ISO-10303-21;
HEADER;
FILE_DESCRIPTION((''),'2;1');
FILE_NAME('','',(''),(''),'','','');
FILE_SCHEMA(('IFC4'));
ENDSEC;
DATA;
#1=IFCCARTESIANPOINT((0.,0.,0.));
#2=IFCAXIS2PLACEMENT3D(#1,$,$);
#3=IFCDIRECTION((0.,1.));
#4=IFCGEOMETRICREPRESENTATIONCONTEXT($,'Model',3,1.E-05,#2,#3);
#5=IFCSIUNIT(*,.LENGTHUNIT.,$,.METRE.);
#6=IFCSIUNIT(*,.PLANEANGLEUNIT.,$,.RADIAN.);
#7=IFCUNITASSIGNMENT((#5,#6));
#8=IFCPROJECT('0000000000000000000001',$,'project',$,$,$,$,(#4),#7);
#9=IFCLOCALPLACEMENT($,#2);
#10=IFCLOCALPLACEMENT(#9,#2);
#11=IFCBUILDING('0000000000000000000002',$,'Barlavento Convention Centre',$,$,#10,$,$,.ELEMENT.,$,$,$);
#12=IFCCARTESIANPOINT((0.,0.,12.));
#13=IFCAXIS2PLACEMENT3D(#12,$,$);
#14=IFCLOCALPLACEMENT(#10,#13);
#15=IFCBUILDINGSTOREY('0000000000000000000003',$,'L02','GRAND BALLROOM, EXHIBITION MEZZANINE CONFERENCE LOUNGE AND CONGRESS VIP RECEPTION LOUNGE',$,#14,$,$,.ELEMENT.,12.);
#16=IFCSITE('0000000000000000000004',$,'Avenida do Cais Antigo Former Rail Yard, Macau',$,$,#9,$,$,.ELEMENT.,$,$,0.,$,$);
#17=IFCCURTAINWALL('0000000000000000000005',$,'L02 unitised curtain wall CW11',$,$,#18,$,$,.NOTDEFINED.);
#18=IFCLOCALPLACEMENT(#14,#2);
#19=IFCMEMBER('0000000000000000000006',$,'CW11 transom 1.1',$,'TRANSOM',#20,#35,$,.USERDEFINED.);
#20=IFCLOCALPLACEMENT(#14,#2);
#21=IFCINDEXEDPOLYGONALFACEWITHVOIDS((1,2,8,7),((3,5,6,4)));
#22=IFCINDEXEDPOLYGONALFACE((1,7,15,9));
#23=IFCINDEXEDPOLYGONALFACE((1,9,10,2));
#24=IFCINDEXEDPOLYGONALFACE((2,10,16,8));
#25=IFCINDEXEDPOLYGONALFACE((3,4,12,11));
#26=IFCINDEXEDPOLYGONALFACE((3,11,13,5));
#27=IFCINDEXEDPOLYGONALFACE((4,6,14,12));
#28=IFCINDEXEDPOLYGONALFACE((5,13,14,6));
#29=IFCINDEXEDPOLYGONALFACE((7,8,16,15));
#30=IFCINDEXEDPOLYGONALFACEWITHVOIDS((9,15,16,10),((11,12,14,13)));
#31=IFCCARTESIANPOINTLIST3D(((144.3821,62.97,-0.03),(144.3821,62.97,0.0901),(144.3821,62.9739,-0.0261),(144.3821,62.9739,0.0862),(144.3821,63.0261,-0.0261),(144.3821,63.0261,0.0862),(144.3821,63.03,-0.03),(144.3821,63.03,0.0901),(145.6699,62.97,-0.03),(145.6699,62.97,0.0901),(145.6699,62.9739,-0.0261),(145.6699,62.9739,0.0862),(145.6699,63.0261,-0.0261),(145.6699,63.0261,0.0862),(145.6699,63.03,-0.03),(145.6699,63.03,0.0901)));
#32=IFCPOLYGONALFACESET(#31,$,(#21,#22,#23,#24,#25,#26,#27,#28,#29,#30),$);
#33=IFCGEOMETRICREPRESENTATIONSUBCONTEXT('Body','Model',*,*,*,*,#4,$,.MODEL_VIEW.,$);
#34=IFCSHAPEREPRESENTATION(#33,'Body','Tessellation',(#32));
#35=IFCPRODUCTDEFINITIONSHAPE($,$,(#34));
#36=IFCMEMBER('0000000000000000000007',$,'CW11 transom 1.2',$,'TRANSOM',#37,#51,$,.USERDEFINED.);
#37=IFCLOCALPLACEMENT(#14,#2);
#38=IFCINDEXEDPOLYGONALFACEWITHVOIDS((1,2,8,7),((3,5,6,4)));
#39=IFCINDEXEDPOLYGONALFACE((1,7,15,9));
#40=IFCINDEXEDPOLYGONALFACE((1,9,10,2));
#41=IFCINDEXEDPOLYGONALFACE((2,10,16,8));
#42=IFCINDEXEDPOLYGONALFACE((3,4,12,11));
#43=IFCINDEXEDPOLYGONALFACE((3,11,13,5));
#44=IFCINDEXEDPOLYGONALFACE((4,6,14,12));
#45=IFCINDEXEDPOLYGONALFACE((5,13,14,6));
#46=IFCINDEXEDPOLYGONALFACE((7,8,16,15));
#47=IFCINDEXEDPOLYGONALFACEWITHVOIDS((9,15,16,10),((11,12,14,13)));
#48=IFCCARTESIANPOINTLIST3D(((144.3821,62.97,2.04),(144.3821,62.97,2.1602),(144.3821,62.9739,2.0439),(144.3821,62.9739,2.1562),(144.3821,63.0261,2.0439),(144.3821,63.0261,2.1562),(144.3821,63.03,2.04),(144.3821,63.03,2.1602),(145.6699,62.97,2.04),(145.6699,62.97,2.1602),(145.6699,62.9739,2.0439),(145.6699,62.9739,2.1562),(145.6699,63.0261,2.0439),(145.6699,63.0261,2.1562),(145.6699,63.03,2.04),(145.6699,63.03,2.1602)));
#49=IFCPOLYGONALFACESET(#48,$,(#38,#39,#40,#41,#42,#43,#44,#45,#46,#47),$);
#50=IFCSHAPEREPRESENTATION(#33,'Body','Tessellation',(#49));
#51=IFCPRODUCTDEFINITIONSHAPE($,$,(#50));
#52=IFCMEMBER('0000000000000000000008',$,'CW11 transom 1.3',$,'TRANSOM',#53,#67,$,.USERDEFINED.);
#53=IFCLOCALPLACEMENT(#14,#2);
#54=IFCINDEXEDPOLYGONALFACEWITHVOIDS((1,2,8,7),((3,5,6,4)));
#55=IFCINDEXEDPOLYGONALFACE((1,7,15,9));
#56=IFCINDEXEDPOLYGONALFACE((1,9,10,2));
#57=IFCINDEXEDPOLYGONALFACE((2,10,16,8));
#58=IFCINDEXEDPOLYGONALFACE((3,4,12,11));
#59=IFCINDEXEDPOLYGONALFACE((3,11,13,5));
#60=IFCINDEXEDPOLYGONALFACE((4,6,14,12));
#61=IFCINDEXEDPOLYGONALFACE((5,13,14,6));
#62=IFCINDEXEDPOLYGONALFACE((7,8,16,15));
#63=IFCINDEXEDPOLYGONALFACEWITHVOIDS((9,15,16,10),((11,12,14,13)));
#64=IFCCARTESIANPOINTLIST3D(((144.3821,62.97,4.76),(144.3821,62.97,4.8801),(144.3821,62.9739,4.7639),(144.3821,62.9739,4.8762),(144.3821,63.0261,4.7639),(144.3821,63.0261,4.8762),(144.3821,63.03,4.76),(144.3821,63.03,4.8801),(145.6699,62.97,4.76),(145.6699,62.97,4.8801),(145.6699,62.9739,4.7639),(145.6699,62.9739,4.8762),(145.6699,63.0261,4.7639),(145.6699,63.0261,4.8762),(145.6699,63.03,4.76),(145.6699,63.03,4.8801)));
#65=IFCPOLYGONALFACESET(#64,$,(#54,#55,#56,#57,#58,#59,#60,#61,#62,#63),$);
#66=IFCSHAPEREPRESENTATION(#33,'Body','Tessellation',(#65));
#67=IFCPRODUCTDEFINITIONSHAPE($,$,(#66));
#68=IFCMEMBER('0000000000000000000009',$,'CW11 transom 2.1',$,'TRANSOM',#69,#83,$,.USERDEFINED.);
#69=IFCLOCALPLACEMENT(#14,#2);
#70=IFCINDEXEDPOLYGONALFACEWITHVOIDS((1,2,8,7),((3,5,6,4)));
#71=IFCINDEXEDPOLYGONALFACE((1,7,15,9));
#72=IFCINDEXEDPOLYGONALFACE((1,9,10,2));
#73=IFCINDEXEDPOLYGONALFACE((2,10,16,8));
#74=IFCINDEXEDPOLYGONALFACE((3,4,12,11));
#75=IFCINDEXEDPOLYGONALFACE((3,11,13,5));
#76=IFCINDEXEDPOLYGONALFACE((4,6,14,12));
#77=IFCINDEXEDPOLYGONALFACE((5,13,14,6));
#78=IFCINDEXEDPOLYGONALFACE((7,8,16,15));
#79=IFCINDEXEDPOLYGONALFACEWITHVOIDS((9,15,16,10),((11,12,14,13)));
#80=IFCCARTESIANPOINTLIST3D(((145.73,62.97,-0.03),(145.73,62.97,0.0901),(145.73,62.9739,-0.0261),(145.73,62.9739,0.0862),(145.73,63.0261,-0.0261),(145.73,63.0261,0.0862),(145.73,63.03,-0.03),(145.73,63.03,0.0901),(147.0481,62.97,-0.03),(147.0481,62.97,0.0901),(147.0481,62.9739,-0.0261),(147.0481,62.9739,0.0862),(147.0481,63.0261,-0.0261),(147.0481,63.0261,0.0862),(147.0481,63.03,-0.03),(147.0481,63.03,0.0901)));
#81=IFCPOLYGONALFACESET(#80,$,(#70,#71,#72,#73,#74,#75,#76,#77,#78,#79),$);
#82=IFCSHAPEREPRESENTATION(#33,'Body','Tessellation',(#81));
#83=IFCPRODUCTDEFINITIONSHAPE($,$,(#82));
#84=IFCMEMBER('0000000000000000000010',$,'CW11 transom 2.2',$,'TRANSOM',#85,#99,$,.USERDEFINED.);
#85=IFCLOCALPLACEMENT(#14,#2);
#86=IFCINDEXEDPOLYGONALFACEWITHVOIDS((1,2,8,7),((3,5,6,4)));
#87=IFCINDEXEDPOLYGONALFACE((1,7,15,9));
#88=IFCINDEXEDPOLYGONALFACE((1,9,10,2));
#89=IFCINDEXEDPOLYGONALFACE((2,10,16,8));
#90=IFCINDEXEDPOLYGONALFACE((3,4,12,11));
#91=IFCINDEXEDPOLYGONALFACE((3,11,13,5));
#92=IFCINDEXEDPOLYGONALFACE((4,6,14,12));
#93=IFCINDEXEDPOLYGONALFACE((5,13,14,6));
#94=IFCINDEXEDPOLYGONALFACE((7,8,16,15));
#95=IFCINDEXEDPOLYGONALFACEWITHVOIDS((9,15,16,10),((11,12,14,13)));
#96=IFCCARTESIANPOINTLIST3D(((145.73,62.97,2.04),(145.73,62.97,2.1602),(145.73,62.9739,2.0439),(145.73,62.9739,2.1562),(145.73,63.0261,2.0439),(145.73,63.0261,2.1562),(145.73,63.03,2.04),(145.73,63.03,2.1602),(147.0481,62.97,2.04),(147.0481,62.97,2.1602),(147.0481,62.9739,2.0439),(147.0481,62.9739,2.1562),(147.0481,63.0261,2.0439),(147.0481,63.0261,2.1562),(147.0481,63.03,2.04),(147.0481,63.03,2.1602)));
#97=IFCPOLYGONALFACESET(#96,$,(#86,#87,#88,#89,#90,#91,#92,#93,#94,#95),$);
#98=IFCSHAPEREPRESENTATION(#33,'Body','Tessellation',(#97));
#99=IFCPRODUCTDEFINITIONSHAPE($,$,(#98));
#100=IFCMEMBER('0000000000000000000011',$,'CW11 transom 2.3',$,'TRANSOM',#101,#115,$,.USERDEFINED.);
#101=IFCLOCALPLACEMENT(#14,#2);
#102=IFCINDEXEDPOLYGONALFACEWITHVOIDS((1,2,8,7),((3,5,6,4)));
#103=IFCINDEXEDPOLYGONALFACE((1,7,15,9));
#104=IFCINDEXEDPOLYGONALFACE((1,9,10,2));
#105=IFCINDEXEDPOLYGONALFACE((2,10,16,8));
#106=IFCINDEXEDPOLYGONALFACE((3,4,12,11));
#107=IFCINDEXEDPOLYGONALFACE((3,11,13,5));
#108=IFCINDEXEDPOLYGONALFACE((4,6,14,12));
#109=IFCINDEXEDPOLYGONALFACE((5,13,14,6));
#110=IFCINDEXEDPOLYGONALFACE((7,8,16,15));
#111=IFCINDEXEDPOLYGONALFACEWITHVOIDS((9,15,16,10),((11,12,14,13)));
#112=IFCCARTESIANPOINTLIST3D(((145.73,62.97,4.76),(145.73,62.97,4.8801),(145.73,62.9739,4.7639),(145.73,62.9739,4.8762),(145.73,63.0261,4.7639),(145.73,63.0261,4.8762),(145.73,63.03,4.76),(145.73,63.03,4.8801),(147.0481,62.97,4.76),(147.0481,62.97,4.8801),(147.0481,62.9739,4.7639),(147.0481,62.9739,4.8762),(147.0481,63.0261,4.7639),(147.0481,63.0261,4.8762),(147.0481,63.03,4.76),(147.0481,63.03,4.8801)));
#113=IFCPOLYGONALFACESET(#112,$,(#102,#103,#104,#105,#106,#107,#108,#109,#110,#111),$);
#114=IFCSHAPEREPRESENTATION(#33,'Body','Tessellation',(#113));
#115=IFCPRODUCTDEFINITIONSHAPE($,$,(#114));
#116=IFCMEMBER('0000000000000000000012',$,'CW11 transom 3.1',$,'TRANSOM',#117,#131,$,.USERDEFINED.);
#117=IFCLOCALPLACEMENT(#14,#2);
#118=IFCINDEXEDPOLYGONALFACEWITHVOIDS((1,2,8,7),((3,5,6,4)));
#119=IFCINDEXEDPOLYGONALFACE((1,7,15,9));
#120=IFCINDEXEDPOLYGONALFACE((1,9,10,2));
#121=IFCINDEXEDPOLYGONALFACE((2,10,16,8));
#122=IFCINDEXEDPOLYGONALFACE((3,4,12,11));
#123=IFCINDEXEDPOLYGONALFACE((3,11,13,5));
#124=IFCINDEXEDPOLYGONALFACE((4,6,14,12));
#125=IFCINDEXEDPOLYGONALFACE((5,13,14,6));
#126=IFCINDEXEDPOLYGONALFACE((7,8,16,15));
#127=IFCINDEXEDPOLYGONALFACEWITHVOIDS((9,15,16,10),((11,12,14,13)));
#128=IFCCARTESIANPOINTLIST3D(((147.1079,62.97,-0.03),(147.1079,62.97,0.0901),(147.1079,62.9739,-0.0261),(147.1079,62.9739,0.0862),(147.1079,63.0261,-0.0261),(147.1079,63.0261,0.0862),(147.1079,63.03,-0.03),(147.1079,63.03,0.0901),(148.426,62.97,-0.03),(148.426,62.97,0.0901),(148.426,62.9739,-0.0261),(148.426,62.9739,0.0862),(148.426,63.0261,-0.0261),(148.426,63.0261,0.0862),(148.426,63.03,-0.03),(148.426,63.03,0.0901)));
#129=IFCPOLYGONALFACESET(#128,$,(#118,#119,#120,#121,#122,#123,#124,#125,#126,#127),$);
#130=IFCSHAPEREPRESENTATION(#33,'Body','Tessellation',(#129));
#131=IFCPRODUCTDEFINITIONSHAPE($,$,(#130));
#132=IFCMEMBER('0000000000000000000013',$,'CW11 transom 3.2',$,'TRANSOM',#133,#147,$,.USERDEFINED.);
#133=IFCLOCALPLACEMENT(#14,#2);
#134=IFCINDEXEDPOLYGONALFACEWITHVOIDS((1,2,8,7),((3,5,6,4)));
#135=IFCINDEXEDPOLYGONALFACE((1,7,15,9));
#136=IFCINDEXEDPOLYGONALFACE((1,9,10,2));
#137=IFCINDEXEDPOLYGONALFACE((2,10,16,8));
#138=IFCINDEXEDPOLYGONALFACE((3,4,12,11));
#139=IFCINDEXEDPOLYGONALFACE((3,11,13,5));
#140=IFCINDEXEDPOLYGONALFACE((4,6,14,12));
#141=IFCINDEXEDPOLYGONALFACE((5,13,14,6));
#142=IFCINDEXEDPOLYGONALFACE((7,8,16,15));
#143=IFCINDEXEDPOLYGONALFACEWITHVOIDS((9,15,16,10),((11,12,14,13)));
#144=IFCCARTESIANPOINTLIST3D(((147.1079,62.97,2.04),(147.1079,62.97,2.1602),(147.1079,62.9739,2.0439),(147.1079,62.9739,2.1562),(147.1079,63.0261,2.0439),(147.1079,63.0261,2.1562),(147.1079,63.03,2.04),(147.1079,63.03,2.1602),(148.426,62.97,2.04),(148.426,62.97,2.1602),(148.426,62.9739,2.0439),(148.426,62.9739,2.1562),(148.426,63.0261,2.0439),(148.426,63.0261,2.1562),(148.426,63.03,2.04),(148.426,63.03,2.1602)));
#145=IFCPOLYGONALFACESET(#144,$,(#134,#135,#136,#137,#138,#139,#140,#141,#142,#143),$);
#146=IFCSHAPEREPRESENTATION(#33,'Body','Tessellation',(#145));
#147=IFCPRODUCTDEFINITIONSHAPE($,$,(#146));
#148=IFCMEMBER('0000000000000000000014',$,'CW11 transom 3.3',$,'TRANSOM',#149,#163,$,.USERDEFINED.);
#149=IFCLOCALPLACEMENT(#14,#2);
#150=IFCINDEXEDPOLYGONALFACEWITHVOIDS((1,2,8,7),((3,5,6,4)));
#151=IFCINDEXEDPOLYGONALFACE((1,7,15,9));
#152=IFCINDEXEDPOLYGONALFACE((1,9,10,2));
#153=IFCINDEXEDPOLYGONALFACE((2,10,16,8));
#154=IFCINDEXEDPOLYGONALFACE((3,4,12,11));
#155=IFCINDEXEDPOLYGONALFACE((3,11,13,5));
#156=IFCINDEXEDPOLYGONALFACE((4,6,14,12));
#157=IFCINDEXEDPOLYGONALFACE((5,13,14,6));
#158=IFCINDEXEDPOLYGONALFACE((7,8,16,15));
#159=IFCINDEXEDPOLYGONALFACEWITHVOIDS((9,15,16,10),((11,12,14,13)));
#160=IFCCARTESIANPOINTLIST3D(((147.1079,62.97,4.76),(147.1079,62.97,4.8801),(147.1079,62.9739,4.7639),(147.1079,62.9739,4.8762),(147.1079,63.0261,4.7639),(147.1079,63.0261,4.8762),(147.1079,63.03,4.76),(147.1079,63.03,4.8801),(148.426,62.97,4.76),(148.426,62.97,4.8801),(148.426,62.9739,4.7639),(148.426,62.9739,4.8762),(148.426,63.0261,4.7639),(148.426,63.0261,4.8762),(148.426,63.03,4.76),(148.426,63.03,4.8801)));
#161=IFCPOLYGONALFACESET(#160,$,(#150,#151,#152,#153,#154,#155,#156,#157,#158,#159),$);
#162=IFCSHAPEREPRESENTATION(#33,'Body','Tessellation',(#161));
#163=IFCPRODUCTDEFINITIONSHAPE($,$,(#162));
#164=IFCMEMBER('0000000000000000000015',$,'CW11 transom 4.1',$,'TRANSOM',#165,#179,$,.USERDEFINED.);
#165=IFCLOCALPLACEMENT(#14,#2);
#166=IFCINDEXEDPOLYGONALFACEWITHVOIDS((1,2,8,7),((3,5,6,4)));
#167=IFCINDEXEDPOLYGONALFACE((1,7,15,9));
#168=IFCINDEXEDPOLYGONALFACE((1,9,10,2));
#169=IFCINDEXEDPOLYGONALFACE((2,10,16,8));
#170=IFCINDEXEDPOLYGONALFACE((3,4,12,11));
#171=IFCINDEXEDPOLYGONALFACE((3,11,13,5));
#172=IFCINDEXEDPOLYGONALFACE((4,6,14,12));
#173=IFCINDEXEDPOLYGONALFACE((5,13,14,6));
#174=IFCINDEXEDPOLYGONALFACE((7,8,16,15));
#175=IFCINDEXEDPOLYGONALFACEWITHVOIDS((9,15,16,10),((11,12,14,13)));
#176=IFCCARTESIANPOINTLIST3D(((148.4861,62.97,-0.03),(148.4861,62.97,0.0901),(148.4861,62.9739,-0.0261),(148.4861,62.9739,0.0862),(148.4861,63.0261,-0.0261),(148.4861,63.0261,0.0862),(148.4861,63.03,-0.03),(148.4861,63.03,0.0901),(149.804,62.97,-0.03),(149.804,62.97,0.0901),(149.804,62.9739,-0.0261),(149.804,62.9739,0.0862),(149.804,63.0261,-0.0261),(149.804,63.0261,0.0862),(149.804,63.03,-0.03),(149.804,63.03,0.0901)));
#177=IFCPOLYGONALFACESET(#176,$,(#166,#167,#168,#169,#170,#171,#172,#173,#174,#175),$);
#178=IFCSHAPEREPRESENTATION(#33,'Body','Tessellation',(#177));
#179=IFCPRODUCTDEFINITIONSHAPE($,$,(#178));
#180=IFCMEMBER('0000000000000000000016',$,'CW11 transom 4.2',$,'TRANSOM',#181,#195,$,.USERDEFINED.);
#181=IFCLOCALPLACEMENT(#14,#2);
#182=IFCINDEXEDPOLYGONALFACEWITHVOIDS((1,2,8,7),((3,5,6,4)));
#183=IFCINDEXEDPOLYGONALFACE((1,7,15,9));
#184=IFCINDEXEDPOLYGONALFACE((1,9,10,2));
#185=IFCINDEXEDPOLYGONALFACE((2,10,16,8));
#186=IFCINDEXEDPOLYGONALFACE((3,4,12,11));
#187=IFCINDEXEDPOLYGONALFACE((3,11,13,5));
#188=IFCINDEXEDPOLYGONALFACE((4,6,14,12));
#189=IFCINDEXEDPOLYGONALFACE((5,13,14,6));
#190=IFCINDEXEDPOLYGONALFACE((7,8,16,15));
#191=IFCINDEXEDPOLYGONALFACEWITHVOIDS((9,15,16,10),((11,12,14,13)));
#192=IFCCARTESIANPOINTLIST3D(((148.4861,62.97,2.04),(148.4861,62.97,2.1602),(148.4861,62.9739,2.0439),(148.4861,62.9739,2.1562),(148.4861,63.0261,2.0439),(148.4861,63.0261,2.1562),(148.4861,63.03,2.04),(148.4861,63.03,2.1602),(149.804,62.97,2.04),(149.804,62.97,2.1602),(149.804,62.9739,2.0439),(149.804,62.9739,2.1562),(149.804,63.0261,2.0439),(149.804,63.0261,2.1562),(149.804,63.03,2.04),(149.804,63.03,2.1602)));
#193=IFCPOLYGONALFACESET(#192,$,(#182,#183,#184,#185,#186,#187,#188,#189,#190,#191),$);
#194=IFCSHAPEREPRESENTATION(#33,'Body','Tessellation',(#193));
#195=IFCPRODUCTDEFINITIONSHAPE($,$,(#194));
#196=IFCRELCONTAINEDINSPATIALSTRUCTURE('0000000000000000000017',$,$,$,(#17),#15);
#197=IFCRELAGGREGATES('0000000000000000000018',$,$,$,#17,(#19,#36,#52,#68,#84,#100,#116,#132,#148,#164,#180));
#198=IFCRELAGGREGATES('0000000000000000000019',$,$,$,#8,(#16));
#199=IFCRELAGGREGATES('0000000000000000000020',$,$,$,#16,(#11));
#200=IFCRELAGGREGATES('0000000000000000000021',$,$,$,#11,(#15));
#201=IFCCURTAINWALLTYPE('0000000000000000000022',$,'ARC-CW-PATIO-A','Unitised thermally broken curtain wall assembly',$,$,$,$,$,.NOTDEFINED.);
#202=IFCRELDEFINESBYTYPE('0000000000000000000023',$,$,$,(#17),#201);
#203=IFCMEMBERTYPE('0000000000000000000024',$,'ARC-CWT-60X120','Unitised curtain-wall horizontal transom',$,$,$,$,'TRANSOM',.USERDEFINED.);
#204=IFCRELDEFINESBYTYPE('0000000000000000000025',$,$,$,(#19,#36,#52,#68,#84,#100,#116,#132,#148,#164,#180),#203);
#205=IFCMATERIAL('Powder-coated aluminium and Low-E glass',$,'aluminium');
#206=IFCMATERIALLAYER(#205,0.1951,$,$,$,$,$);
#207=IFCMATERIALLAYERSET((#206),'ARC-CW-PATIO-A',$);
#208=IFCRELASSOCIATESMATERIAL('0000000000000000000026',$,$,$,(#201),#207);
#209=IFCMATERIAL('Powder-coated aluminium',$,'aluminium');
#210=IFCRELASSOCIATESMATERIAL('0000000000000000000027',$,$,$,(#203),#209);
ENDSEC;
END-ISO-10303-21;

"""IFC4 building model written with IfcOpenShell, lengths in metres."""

from ifc_helpers import new_model, si_unit, direction, frame, origin, origin_2d, place, context, subcontext, project, spatial, hollow_rectangle, extrude, material, layer, layer_set, material_profile, profile_set, type_object, element, aggregate, save


model = new_model("IFC4")

# Units and contexts
model_context = context("Model", 3, precision=1e-05, world=origin(), true_north=direction((0.0, 1.0)))
body_context = subcontext(model_context, "Body", "Model", "MODEL_VIEW")
ifc_project = project(units=[si_unit("LENGTHUNIT", "METRE"), si_unit("PLANEANGLEUNIT", "RADIAN")], contexts=[model_context])

# Site, building, storey
site_placement = place(None, origin())
site = spatial("IfcSite", under=ifc_project, at=site_placement, Name="Avenida do Cais Antigo Former Rail Yard, Macau", CompositionType="ELEMENT", RefElevation=0.0)
building_placement = place(site_placement, origin())
building = spatial("IfcBuilding", under=site, at=building_placement, Name="Barlavento Convention Centre", CompositionType="ELEMENT")
storey_placement = place(building_placement, frame((0.0, 0.0, 12.0)))
storey = spatial("IfcBuildingStorey", under=building, at=storey_placement, Name="L02", Description="GRAND BALLROOM, EXHIBITION MEZZANINE CONFERENCE LOUNGE AND CONGRESS VIP RECEPTION LOUNGE", CompositionType="ELEMENT", Elevation=12.0)

# Curtain wall, members
ifc_material_1 = material(Name="Powder-coated aluminium and Low-E glass", Category="aluminium")
ifc_layer_1 = layer(ifc_material_1, 0.1951)
ifc_layer_set_1 = layer_set([ifc_layer_1], Name="ARC-CW-PATIO-A")
curtain_wall_type = type_object("IfcCurtainWallType", Name="ARC-CW-PATIO-A", Description="Unitised thermally broken curtain wall assembly", PredefinedType="NOTDEFINED", material=ifc_layer_set_1)
curtain_wall_placement = place(storey_placement, origin())
curtain_wall = element("IfcCurtainWall", 1, at=curtain_wall_placement, inside=storey, type_object=curtain_wall_type, Name="L02 unitised curtain wall CW11", PredefinedType="NOTDEFINED")
ifc_material_2 = material(Name="Powder-coated aluminium", Category="aluminium")
ifc_material_profile_1 = material_profile(ifc_material_2, hollow_rectangle(XDim=0.0601, YDim=0.1201, WallThickness=0.0039, at=origin_2d()), Name="AL-TRAN 60x120x4")
ifc_profile_set_1 = profile_set([ifc_material_profile_1], Name="Powder-coated aluminium")
member_type_1 = type_object("IfcMemberType", Name="ARC-CWT-60X120", Description="Unitised curtain-wall horizontal transom", ElementType="TRANSOM", PredefinedType="USERDEFINED", material=ifc_profile_set_1)
member_1_placement = place(storey_placement, frame((144.3821, 63.0, 0.03), z_axis=(1.0, 0.0, 0.0), x_axis=(0.0, 1.0, 0.0)))
member_1 = element("IfcMember", 2, at=member_1_placement, type_object=member_type_1, Name="CW11 transom 1.1", ObjectType="TRANSOM", PredefinedType="USERDEFINED", context=body_context, shape_type="SweptSolid", body=[
    extrude(hollow_rectangle(XDim=0.0601, YDim=0.1201, WallThickness=0.0039, at=origin_2d()), origin(), (0.0, 0.0, 1.0), 1.2878),
])
member_2_placement = place(storey_placement, frame((144.3821, 63.0, 2.1001), z_axis=(1.0, 0.0, 0.0), x_axis=(0.0, 1.0, 0.0)))
member_2 = element("IfcMember", 3, at=member_2_placement, type_object=member_type_1, Name="CW11 transom 1.2", ObjectType="TRANSOM", PredefinedType="USERDEFINED", context=body_context, shape_type="SweptSolid", body=[
    extrude(hollow_rectangle(XDim=0.0601, YDim=0.1201, WallThickness=0.0039, at=origin_2d()), origin(), (0.0, 0.0, 1.0), 1.2878),
])
member_3_placement = place(storey_placement, frame((144.3821, 63.0, 4.8201), z_axis=(1.0, 0.0, 0.0), x_axis=(0.0, 1.0, 0.0)))
member_3 = element("IfcMember", 4, at=member_3_placement, type_object=member_type_1, Name="CW11 transom 1.3", ObjectType="TRANSOM", PredefinedType="USERDEFINED", context=body_context, shape_type="SweptSolid", body=[
    extrude(hollow_rectangle(XDim=0.0601, YDim=0.1201, WallThickness=0.0039, at=origin_2d()), origin(), (0.0, 0.0, 1.0), 1.2878),
])
member_4_placement = place(storey_placement, frame((145.73, 63.0, 0.03), z_axis=(1.0, 0.0, 0.0), x_axis=(0.0, 1.0, 0.0)))
member_4 = element("IfcMember", 5, at=member_4_placement, type_object=member_type_1, Name="CW11 transom 2.1", ObjectType="TRANSOM", PredefinedType="USERDEFINED", context=body_context, shape_type="SweptSolid", body=[
    extrude(hollow_rectangle(XDim=0.0601, YDim=0.1201, WallThickness=0.0039, at=origin_2d()), origin(), (0.0, 0.0, 1.0), 1.3181),
])
member_5_placement = place(storey_placement, frame((145.73, 63.0, 2.1001), z_axis=(1.0, 0.0, 0.0), x_axis=(0.0, 1.0, 0.0)))
member_5 = element("IfcMember", 6, at=member_5_placement, type_object=member_type_1, Name="CW11 transom 2.2", ObjectType="TRANSOM", PredefinedType="USERDEFINED", context=body_context, shape_type="SweptSolid", body=[
    extrude(hollow_rectangle(XDim=0.0601, YDim=0.1201, WallThickness=0.0039, at=origin_2d()), origin(), (0.0, 0.0, 1.0), 1.3181),
])
member_6_placement = place(storey_placement, frame((145.73, 63.0, 4.8201), z_axis=(1.0, 0.0, 0.0), x_axis=(0.0, 1.0, 0.0)))
member_6 = element("IfcMember", 7, at=member_6_placement, type_object=member_type_1, Name="CW11 transom 2.3", ObjectType="TRANSOM", PredefinedType="USERDEFINED", context=body_context, shape_type="SweptSolid", body=[
    extrude(hollow_rectangle(XDim=0.0601, YDim=0.1201, WallThickness=0.0039, at=origin_2d()), origin(), (0.0, 0.0, 1.0), 1.3181),
])
member_7_placement = place(storey_placement, frame((147.1079, 63.0, 0.03), z_axis=(1.0, 0.0, 0.0), x_axis=(0.0, 1.0, 0.0)))
member_7 = element("IfcMember", 8, at=member_7_placement, type_object=member_type_1, Name="CW11 transom 3.1", ObjectType="TRANSOM", PredefinedType="USERDEFINED", context=body_context, shape_type="SweptSolid", body=[
    extrude(hollow_rectangle(XDim=0.0601, YDim=0.1201, WallThickness=0.0039, at=origin_2d()), origin(), (0.0, 0.0, 1.0), 1.3181),
])
member_8_placement = place(storey_placement, frame((147.1079, 63.0, 2.1001), z_axis=(1.0, 0.0, 0.0), x_axis=(0.0, 1.0, 0.0)))
member_8 = element("IfcMember", 9, at=member_8_placement, type_object=member_type_1, Name="CW11 transom 3.2", ObjectType="TRANSOM", PredefinedType="USERDEFINED", context=body_context, shape_type="SweptSolid", body=[
    extrude(hollow_rectangle(XDim=0.0601, YDim=0.1201, WallThickness=0.0039, at=origin_2d()), origin(), (0.0, 0.0, 1.0), 1.3181),
])
member_9_placement = place(storey_placement, frame((147.1079, 63.0, 4.8201), z_axis=(1.0, 0.0, 0.0), x_axis=(0.0, 1.0, 0.0)))
member_9 = element("IfcMember", 10, at=member_9_placement, type_object=member_type_1, Name="CW11 transom 3.3", ObjectType="TRANSOM", PredefinedType="USERDEFINED", context=body_context, shape_type="SweptSolid", body=[
    extrude(hollow_rectangle(XDim=0.0601, YDim=0.1201, WallThickness=0.0039, at=origin_2d()), origin(), (0.0, 0.0, 1.0), 1.3181),
])
member_10_placement = place(storey_placement, frame((148.4861, 63.0, 0.03), z_axis=(1.0, 0.0, 0.0), x_axis=(0.0, 1.0, 0.0)))
member_10 = element("IfcMember", 11, at=member_10_placement, type_object=member_type_1, Name="CW11 transom 4.1", ObjectType="TRANSOM", PredefinedType="USERDEFINED", context=body_context, shape_type="SweptSolid", body=[
    extrude(hollow_rectangle(XDim=0.0601, YDim=0.1201, WallThickness=0.0039, at=origin_2d()), origin(), (0.0, 0.0, 1.0), 1.3179),
])
member_11_placement = place(storey_placement, frame((148.4861, 63.0, 2.1001), z_axis=(1.0, 0.0, 0.0), x_axis=(0.0, 1.0, 0.0)))
member_11 = element("IfcMember", 12, at=member_11_placement, type_object=member_type_1, Name="CW11 transom 4.2", ObjectType="TRANSOM", PredefinedType="USERDEFINED", context=body_context, shape_type="SweptSolid", body=[
    extrude(hollow_rectangle(XDim=0.0601, YDim=0.1201, WallThickness=0.0039, at=origin_2d()), origin(), (0.0, 0.0, 1.0), 1.3179),
])

aggregate(curtain_wall, [member_1, member_2, member_3, member_4, member_5, member_6, member_7, member_8, member_9, member_10, member_11])

save(model, "model.ifc")
